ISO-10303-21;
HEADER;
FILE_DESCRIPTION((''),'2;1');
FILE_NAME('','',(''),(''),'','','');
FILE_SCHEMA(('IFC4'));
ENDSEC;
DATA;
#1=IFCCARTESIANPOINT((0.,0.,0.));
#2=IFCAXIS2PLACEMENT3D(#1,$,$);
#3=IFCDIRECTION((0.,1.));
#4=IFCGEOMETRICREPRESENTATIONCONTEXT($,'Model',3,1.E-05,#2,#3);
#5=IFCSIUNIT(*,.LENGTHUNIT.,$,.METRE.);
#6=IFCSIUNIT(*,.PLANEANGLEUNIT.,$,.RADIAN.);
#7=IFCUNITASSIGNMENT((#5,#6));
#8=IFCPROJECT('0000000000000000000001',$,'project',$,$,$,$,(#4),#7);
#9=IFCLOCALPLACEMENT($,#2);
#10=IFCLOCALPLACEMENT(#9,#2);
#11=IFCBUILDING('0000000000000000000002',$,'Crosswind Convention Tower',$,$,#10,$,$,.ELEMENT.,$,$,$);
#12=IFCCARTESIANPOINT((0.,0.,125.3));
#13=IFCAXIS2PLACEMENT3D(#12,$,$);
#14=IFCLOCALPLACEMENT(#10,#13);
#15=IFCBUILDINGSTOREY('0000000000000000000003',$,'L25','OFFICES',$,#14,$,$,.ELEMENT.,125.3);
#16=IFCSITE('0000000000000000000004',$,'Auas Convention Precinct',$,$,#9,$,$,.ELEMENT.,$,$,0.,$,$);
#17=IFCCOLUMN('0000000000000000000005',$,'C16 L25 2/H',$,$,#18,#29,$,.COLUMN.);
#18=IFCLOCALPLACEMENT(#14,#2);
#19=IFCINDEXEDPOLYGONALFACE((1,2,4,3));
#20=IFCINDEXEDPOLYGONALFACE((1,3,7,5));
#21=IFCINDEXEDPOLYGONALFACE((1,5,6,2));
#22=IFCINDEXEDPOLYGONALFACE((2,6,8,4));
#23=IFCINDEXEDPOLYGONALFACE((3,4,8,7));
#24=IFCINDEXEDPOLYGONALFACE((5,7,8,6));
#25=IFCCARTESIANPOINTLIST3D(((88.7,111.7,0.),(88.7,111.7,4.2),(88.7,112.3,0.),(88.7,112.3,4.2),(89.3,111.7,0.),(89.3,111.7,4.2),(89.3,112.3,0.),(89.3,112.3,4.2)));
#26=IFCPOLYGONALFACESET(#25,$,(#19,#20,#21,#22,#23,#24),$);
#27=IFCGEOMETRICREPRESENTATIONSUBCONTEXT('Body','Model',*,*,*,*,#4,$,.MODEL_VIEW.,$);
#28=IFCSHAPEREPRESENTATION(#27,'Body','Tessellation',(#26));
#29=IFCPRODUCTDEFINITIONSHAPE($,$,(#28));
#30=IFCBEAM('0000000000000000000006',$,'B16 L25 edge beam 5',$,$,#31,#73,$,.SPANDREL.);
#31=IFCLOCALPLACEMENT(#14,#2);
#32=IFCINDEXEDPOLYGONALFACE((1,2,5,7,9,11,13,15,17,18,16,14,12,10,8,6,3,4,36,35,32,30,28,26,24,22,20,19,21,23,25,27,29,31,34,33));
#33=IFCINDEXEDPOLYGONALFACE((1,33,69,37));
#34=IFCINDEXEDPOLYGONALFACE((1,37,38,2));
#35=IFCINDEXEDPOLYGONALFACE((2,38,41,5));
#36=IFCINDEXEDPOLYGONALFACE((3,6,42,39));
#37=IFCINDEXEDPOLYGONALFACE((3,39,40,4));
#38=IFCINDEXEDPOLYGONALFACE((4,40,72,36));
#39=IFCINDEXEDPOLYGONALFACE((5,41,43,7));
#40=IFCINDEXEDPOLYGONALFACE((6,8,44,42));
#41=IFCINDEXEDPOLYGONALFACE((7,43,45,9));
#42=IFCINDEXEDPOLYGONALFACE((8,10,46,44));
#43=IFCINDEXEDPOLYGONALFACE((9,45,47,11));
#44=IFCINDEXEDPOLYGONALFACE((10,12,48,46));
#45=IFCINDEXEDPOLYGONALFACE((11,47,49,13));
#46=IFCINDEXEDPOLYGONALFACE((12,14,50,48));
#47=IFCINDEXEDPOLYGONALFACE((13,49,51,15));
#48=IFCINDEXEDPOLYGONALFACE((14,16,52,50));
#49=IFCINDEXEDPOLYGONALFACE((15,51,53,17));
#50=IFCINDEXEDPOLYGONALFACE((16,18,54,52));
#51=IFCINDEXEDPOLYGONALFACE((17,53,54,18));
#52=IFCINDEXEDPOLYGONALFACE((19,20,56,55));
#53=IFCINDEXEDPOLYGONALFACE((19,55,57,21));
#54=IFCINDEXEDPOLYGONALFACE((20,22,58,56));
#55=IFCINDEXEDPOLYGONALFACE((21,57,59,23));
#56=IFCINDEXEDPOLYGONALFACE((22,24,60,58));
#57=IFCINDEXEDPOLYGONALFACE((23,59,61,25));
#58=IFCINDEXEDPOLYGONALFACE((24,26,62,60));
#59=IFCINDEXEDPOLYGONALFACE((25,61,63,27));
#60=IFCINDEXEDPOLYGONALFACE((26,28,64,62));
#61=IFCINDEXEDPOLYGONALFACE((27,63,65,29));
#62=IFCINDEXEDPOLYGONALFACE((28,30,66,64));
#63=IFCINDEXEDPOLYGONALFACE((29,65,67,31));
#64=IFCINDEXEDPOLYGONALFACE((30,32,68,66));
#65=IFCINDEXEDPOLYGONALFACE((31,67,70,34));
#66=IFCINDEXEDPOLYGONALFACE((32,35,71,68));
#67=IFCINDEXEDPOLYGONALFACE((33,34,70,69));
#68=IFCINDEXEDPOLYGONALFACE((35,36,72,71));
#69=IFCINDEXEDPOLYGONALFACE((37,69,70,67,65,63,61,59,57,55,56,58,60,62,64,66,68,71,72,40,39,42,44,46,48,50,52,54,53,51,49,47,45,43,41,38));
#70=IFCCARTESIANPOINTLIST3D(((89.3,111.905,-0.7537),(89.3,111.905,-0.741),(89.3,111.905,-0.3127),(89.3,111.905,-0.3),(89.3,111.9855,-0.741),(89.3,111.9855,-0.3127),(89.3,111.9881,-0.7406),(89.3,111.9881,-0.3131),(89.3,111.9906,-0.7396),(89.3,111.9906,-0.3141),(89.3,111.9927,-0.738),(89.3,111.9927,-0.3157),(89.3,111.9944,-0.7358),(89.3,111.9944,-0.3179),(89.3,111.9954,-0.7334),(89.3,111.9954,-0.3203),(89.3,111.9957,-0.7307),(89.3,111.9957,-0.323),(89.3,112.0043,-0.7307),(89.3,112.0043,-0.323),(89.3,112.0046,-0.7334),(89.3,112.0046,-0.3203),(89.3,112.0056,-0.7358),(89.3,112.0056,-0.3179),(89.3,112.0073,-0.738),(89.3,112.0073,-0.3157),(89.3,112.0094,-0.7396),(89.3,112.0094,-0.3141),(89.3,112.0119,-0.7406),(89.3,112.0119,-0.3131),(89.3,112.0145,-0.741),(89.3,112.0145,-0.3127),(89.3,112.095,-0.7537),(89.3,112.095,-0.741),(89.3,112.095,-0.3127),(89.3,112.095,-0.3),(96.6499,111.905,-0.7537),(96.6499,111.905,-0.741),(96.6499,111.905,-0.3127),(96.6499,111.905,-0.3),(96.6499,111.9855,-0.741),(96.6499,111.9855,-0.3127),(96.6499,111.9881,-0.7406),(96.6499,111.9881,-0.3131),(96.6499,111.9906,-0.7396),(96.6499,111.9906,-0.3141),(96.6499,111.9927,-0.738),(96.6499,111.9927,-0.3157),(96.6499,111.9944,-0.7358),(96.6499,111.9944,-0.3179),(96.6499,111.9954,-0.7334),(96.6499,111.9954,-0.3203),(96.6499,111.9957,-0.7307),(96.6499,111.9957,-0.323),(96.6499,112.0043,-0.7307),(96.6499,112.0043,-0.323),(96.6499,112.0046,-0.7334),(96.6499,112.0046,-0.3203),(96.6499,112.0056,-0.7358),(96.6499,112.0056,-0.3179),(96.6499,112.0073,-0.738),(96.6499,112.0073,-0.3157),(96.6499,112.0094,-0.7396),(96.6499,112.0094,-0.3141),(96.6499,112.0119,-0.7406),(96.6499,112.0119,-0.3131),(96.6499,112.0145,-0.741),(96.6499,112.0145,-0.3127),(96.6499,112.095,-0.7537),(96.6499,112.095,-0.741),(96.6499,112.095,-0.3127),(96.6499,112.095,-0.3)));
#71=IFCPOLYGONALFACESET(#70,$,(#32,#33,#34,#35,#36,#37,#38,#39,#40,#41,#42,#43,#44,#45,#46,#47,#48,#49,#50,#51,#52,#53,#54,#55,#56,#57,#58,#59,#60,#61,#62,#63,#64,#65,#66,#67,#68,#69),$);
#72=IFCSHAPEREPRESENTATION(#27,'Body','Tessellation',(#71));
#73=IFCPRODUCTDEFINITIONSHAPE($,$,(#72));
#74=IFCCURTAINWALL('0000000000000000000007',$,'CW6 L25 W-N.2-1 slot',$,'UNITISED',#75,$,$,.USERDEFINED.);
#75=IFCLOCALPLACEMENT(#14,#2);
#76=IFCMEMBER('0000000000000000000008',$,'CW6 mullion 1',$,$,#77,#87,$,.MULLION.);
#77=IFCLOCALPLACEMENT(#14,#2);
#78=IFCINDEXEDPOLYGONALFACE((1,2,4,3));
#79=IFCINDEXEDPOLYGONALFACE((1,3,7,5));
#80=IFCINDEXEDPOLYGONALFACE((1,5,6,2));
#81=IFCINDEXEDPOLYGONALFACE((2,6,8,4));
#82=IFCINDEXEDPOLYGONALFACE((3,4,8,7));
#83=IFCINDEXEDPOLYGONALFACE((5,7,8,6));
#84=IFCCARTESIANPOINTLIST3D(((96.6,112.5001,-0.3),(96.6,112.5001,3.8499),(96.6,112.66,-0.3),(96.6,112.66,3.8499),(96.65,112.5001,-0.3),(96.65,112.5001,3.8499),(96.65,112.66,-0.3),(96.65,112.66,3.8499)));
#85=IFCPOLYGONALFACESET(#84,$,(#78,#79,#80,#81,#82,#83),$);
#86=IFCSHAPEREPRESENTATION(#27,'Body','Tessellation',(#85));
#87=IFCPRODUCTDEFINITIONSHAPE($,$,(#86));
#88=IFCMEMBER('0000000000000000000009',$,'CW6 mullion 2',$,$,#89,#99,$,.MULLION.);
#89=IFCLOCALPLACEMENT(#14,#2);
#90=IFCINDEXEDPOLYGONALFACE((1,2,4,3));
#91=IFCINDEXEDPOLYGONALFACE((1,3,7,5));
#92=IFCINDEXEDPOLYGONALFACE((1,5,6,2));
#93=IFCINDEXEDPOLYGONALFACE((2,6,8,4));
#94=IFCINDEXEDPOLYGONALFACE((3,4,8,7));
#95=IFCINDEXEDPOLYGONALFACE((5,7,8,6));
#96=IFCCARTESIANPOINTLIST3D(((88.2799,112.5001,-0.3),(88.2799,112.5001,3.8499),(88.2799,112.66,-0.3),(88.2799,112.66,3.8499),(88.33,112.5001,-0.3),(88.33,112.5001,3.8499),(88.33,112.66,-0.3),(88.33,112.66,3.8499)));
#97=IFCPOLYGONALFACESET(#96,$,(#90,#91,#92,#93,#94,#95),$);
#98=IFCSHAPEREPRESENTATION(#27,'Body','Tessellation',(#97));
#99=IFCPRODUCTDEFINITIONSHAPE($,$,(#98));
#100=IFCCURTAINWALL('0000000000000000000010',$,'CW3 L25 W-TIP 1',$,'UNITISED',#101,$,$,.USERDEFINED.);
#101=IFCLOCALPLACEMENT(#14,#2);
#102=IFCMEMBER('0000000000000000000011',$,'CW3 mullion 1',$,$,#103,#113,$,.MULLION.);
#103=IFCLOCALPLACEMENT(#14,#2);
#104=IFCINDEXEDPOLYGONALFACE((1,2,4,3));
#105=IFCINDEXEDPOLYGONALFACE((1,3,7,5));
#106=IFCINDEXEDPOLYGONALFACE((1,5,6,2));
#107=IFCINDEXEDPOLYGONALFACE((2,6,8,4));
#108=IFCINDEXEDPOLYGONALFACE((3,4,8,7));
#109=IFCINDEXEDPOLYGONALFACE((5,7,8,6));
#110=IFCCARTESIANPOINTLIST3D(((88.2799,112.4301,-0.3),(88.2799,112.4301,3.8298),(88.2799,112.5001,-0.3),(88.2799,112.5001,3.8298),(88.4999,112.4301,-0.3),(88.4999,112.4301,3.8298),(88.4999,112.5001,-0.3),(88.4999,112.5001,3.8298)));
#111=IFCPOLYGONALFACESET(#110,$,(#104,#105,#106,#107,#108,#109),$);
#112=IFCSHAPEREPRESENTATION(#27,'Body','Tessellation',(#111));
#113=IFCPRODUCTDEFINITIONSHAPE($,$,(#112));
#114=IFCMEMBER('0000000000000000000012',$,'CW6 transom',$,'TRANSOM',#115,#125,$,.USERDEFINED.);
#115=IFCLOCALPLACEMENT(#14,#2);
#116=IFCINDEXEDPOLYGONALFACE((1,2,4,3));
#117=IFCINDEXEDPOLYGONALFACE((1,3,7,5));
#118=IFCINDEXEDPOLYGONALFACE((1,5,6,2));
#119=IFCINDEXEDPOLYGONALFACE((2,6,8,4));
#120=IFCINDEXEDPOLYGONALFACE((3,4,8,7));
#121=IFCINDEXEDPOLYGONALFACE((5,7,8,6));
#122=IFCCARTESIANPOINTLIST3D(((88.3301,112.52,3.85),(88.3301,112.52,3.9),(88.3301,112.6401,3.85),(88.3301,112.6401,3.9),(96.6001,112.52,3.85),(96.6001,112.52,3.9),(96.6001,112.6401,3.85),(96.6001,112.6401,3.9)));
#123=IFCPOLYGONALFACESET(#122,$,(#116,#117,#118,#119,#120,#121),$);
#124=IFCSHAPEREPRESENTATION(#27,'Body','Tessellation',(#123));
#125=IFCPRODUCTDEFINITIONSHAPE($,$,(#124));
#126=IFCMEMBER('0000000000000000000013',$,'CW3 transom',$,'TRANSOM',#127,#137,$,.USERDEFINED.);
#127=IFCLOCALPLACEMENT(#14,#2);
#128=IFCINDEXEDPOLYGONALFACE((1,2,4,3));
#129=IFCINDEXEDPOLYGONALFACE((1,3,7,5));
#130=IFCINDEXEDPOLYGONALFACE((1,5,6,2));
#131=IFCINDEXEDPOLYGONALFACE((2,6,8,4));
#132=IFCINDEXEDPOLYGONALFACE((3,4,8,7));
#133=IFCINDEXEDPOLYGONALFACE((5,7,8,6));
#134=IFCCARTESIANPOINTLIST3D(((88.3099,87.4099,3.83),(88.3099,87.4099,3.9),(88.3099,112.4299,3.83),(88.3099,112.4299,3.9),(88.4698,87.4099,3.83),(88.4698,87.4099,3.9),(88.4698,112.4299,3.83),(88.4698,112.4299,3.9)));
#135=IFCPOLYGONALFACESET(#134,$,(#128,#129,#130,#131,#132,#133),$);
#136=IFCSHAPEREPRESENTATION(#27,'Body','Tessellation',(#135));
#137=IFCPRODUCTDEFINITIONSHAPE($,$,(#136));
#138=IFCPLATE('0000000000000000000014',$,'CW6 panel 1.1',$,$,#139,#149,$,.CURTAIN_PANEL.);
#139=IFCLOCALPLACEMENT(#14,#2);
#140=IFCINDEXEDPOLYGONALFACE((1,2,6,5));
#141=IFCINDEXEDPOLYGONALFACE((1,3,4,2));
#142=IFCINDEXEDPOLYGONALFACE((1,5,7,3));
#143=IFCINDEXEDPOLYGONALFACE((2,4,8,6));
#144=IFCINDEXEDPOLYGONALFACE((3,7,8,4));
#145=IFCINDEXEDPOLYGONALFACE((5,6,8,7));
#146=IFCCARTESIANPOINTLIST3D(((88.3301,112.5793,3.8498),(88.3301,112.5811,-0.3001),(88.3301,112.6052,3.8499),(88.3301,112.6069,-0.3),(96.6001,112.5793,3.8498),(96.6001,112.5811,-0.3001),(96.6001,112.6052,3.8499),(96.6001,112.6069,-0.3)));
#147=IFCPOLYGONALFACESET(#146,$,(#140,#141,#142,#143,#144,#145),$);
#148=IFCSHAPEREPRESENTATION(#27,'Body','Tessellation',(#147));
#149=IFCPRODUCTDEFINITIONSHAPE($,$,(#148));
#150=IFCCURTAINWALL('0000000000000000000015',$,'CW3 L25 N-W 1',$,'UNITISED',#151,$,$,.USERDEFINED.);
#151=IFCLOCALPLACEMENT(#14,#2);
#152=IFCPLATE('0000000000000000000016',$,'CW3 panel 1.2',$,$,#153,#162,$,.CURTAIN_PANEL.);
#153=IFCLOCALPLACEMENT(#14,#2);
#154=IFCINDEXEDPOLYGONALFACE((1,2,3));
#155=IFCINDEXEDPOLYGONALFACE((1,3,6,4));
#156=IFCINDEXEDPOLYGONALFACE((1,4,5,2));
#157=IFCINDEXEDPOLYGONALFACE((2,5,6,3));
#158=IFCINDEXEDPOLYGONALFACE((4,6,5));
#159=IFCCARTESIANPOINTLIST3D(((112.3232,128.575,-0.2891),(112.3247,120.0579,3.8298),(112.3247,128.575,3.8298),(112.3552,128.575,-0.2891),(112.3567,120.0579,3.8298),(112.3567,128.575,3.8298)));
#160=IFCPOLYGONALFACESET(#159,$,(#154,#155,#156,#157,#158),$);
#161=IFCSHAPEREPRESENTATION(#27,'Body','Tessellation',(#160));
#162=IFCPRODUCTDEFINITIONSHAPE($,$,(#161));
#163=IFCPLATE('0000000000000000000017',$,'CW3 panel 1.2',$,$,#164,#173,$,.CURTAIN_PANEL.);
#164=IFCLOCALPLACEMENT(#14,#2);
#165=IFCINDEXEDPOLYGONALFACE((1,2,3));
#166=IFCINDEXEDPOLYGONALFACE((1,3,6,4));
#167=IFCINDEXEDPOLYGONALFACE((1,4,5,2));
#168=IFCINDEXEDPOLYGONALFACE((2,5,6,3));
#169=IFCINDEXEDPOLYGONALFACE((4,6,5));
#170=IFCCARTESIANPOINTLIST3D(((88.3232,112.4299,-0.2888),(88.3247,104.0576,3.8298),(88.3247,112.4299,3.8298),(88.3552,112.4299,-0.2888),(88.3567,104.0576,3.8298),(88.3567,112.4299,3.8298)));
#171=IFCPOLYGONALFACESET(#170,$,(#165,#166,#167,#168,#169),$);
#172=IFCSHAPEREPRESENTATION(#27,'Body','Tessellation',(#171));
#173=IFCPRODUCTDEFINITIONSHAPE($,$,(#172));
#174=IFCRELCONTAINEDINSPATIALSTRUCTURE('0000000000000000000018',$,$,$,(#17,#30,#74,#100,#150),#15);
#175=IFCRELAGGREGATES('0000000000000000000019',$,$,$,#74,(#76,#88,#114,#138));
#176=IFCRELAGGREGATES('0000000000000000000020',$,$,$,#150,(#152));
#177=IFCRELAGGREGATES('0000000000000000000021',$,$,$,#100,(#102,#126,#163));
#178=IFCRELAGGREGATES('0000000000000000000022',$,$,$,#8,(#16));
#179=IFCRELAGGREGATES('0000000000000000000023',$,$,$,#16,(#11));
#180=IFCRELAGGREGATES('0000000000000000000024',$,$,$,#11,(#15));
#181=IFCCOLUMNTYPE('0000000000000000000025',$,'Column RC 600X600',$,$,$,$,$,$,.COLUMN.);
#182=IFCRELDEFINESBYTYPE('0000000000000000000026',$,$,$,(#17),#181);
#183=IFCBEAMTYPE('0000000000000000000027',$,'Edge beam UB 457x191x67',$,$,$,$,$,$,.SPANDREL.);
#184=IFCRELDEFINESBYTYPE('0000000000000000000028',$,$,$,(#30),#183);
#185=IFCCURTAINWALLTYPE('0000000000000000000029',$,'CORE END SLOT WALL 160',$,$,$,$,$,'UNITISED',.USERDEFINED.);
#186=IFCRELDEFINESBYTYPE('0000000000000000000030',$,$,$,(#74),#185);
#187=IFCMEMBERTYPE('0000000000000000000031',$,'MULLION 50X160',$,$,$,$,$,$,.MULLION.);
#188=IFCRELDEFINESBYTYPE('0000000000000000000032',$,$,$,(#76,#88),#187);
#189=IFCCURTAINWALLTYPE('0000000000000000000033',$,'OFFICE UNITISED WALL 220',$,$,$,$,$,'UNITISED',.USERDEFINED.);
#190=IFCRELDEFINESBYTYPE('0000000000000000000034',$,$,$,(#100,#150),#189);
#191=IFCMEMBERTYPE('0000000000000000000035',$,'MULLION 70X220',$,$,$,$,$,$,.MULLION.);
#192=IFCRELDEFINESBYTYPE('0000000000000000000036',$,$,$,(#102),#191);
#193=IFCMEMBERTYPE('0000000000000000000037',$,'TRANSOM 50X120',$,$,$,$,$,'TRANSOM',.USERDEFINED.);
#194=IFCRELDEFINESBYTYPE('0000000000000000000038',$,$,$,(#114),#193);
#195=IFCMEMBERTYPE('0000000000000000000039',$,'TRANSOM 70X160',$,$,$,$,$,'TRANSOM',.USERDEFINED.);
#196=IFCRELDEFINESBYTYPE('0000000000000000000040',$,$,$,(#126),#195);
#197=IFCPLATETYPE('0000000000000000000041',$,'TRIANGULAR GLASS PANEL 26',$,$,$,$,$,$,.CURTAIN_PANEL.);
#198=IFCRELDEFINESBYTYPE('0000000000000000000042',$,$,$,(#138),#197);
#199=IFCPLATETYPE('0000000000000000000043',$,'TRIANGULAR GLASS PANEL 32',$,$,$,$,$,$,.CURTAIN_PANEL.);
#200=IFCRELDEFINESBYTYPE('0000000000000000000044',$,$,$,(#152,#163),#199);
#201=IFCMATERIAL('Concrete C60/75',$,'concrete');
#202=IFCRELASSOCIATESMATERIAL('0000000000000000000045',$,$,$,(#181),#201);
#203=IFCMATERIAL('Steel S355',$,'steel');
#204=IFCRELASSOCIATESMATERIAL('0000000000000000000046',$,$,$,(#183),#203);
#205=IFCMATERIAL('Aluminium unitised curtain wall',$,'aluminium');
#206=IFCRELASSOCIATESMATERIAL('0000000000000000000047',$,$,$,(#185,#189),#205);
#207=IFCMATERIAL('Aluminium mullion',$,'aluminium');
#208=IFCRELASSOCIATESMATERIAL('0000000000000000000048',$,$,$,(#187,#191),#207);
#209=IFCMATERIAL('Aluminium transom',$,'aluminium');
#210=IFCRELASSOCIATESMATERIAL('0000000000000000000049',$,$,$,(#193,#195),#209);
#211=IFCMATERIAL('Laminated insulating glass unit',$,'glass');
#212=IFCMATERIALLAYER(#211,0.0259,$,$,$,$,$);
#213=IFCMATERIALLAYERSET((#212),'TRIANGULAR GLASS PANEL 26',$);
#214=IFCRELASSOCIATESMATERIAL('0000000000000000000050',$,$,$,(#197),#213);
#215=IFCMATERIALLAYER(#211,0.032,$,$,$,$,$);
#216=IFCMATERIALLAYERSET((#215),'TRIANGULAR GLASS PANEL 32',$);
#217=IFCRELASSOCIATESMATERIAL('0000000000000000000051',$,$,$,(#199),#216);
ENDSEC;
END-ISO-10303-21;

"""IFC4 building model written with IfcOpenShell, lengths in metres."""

from ifc_helpers import new_model, si_unit, direction, frame, origin, origin_2d, place, context, subcontext, project, spatial, polyline, rectangle, i_section, outline, extrude, material, layer, layer_set, material_profile, profile_set, type_object, element, aggregate, save


model = new_model("IFC4")

# Units and contexts
model_context = context("Model", 3, precision=1e-05, world=origin(), true_north=direction((0.0, 1.0)))
body_context = subcontext(model_context, "Body", "Model", "MODEL_VIEW")
ifc_project = project(units=[si_unit("LENGTHUNIT", "METRE"), si_unit("PLANEANGLEUNIT", "RADIAN")], contexts=[model_context])

# Site, building, storey
site_placement = place(None, origin())
site = spatial("IfcSite", under=ifc_project, at=site_placement, Name="Auas Convention Precinct", CompositionType="ELEMENT", RefElevation=0.0)
building_placement = place(site_placement, origin())
building = spatial("IfcBuilding", under=site, at=building_placement, Name="Crosswind Convention Tower", CompositionType="ELEMENT")
storey_placement = place(building_placement, frame((0.0, 0.0, 125.3)))
storey = spatial("IfcBuildingStorey", under=building, at=storey_placement, Name="L25", Description="OFFICES", CompositionType="ELEMENT", Elevation=125.3)

# Column
ifc_material_1 = material(Name="Concrete C60/75", Category="concrete")
ifc_material_profile_1 = material_profile(ifc_material_1, rectangle(XDim=0.6001, YDim=0.6001, at=origin_2d()), Name="RC 600X600")
ifc_profile_set_1 = profile_set([ifc_material_profile_1], Name="Concrete C60/75")
column_type = type_object("IfcColumnType", Name="Column RC 600X600", PredefinedType="COLUMN", material=ifc_profile_set_1)
column_placement = place(storey_placement, frame((89.0, 112.0, 0.0), z_axis=(0.0, 0.0, 1.0), x_axis=(1.0, 0.0, 0.0)))
element("IfcColumn", 1, at=column_placement, inside=storey, type_object=column_type, Name="C16 L25 2/H", PredefinedType="COLUMN", context=body_context, shape_type="SweptSolid", body=[
    extrude(rectangle(XDim=0.6001, YDim=0.6001, at=origin_2d()), origin(), (0.0, 0.0, 1.0), 4.2),
])

# Beam
ifc_material_2 = material(Name="Steel S355", Category="steel")
ifc_material_profile_2 = material_profile(ifc_material_2, i_section(OverallWidth=0.1899, OverallDepth=0.4536, WebThickness=0.0085, FlangeThickness=0.0127, FilletRadius=0.0103, at=origin_2d()), Name="UB 457x191x67")
ifc_profile_set_2 = profile_set([ifc_material_profile_2], Name="Steel S355")
beam_type = type_object("IfcBeamType", Name="Edge beam UB 457x191x67", PredefinedType="SPANDREL", material=ifc_profile_set_2)
beam_placement = place(storey_placement, frame((89.3, 112.0, -0.5269), z_axis=(1.0, 0.0, 0.0), x_axis=(0.0, 1.0, 0.0)))
element("IfcBeam", 2, at=beam_placement, inside=storey, type_object=beam_type, Name="B16 L25 edge beam 5", PredefinedType="SPANDREL", context=body_context, shape_type="SweptSolid", body=[
    extrude(i_section(OverallWidth=0.1899, OverallDepth=0.4536, WebThickness=0.0085, FlangeThickness=0.0127, FilletRadius=0.0103, at=origin_2d()), origin(), (0.0, 0.0, 1.0), 7.3499),
])

# Curtain wall, members
ifc_material_3 = material(Name="Aluminium unitised curtain wall", Category="aluminium")
curtain_wall_type_1 = type_object("IfcCurtainWallType", Name="CORE END SLOT WALL 160", ElementType="UNITISED", PredefinedType="USERDEFINED", material=ifc_material_3)
curtain_wall_1_placement = place(storey_placement, origin())
curtain_wall_1 = element("IfcCurtainWall", 3, at=curtain_wall_1_placement, inside=storey, type_object=curtain_wall_type_1, Name="CW6 L25 W-N.2-1 slot", ObjectType="UNITISED", PredefinedType="USERDEFINED")
ifc_material_4 = material(Name="Aluminium mullion", Category="aluminium")
ifc_material_profile_3 = material_profile(ifc_material_4, rectangle(XDim=0.1599, YDim=0.05, at=origin_2d()), Name="AL 160X50")
ifc_profile_set_3 = profile_set([ifc_material_profile_3], Name="Aluminium mullion")
member_type_1 = type_object("IfcMemberType", Name="MULLION 50X160", PredefinedType="MULLION", material=ifc_profile_set_3)
member_1_placement = place(storey_placement, frame((96.625, 112.5801, -0.3), z_axis=(0.0, 0.0, 1.0), x_axis=(0.0, 1.0, 0.0)))
member_1 = element("IfcMember", 4, at=member_1_placement, type_object=member_type_1, Name="CW6 mullion 1", PredefinedType="MULLION", context=body_context, shape_type="SweptSolid", body=[
    extrude(rectangle(XDim=0.1599, YDim=0.05, at=origin_2d()), origin(), (0.0, 0.0, 1.0), 4.1499),
])
member_2_placement = place(storey_placement, frame((88.3049, 112.5801, -0.3), z_axis=(0.0, 0.0, 1.0), x_axis=(0.0, 1.0, 0.0)))
member_2 = element("IfcMember", 5, at=member_2_placement, type_object=member_type_1, Name="CW6 mullion 2", PredefinedType="MULLION", context=body_context, shape_type="SweptSolid", body=[
    extrude(rectangle(XDim=0.1599, YDim=0.05, at=origin_2d()), origin(), (0.0, 0.0, 1.0), 4.1499),
])

# Curtain wall, member
curtain_wall_type_2 = type_object("IfcCurtainWallType", Name="OFFICE UNITISED WALL 220", ElementType="UNITISED", PredefinedType="USERDEFINED", material=ifc_material_3)
curtain_wall_2_placement = place(storey_placement, origin())
curtain_wall_2 = element("IfcCurtainWall", 6, at=curtain_wall_2_placement, inside=storey, type_object=curtain_wall_type_2, Name="CW3 L25 W-TIP 1", ObjectType="UNITISED", PredefinedType="USERDEFINED")
ifc_material_profile_4 = material_profile(ifc_material_4, rectangle(XDim=0.22, YDim=0.0701, at=origin_2d()), Name="AL 220X70")
ifc_profile_set_4 = profile_set([ifc_material_profile_4], Name="Aluminium mullion")
member_type_2 = type_object("IfcMemberType", Name="MULLION 70X220", PredefinedType="MULLION", material=ifc_profile_set_4)
member_3_placement = place(storey_placement, frame((88.3899, 112.4651, -0.3), z_axis=(0.0, 0.0, 1.0), x_axis=(-1.0, 0.0, 0.0)))
member_3 = element("IfcMember", 7, at=member_3_placement, type_object=member_type_2, Name="CW3 mullion 1", PredefinedType="MULLION", context=body_context, shape_type="SweptSolid", body=[
    extrude(rectangle(XDim=0.22, YDim=0.0701, at=origin_2d()), origin(), (0.0, 0.0, 1.0), 4.1299),
])

# Members
ifc_material_5 = material(Name="Aluminium transom", Category="aluminium")
ifc_material_profile_5 = material_profile(ifc_material_5, rectangle(XDim=0.1201, YDim=0.05, at=origin_2d()), Name="AL 120X50")
ifc_profile_set_5 = profile_set([ifc_material_profile_5], Name="Aluminium transom")
member_type_3 = type_object("IfcMemberType", Name="TRANSOM 50X120", ElementType="TRANSOM", PredefinedType="USERDEFINED", material=ifc_profile_set_5)
member_4_placement = place(storey_placement, frame((96.6001, 112.5801, 3.875), z_axis=(-1.0, 0.0, 0.0), x_axis=(0.0, -1.0, 0.0)))
member_4 = element("IfcMember", 8, at=member_4_placement, type_object=member_type_3, Name="CW6 transom", ObjectType="TRANSOM", PredefinedType="USERDEFINED", context=body_context, shape_type="SweptSolid", body=[
    extrude(rectangle(XDim=0.1201, YDim=0.05, at=origin_2d()), origin(), (0.0, 0.0, 1.0), 8.27),
])
ifc_material_profile_6 = material_profile(ifc_material_5, rectangle(XDim=0.1599, YDim=0.0701, at=origin_2d()), Name="AL 160X70")
ifc_profile_set_6 = profile_set([ifc_material_profile_6], Name="Aluminium transom")
member_type_4 = type_object("IfcMemberType", Name="TRANSOM 70X160", ElementType="TRANSOM", PredefinedType="USERDEFINED", material=ifc_profile_set_6)
member_5_placement = place(storey_placement, frame((88.3899, 112.4299, 3.865), z_axis=(0.0, -1.0, 0.0), x_axis=(1.0, 0.0, 0.0)))
member_5 = element("IfcMember", 9, at=member_5_placement, type_object=member_type_4, Name="CW3 transom", ObjectType="TRANSOM", PredefinedType="USERDEFINED", context=body_context, shape_type="SweptSolid", body=[
    extrude(rectangle(XDim=0.1599, YDim=0.0701, at=origin_2d()), origin(), (0.0, 0.0, 1.0), 25.02),
])

# Plate
ifc_material_6 = material(Name="Laminated insulating glass unit", Category="glass")
ifc_layer_1 = layer(ifc_material_6, 0.0259)
ifc_layer_set_1 = layer_set([ifc_layer_1], Name="TRIANGULAR GLASS PANEL 26")
plate_type_1 = type_object("IfcPlateType", Name="TRIANGULAR GLASS PANEL 26", PredefinedType="CURTAIN_PANEL", material=ifc_layer_set_1)
plate_1_placement = place(storey_placement, frame((96.6001, 112.6069, -0.3), z_axis=(0.0, 1.0, 0.000412), x_axis=(-1.0, 0.0, 0.0)))
plate_1 = element("IfcPlate", 10, at=plate_1_placement, type_object=plate_type_1, Name="CW6 panel 1.1", PredefinedType="CURTAIN_PANEL", context=body_context, shape_type="SweptSolid", body=[
    extrude(outline(polyline([(0.0, 0.0), (8.27, 0.0), (8.27, 4.1499), (0.0, 4.1499), (0.0, 0.0)])), origin(), (0.0, 0.0, -1.0), 0.0259),
])
aggregate(curtain_wall_1, [member_1, member_2, member_4, plate_1])

# Curtain wall, plate
curtain_wall_3_placement = place(storey_placement, origin())
curtain_wall_3 = element("IfcCurtainWall", 11, at=curtain_wall_3_placement, inside=storey, type_object=curtain_wall_type_2, Name="CW3 L25 N-W 1", ObjectType="UNITISED", PredefinedType="USERDEFINED")
ifc_layer_2 = layer(ifc_material_6, 0.032)
ifc_layer_set_2 = layer_set([ifc_layer_2], Name="TRIANGULAR GLASS PANEL 32")
plate_type_2 = type_object("IfcPlateType", Name="TRIANGULAR GLASS PANEL 32", PredefinedType="CURTAIN_PANEL", material=ifc_layer_set_2)
plate_2_placement = place(storey_placement, frame((112.3247, 128.575, 3.8298), z_axis=(-1.0, 0.0, 0.000356), x_axis=(-0.000356, 0.0, -1.0)))
plate_2 = element("IfcPlate", 12, at=plate_2_placement, type_object=plate_type_2, Name="CW3 panel 1.2", PredefinedType="CURTAIN_PANEL", context=body_context, shape_type="SweptSolid", body=[
    extrude(outline(polyline([(0.0, 0.0), (4.1189, 0.0), (0.0, 8.5171), (0.0, 0.0)])), origin(), (0.0, 0.0, -1.0), 0.032),
])

# Plate
plate_3_placement = place(storey_placement, frame((88.3247, 112.4299, 3.8298), z_axis=(-1.0, 0.0, 0.000356), x_axis=(-0.000356, 0.0, -1.0)))
plate_3 = element("IfcPlate", 13, at=plate_3_placement, type_object=plate_type_2, Name="CW3 panel 1.2", PredefinedType="CURTAIN_PANEL", context=body_context, shape_type="SweptSolid", body=[
    extrude(outline(polyline([(0.0, 0.0), (4.1187, 0.0), (0.0, 8.3723), (0.0, 0.0)])), origin(), (0.0, 0.0, -1.0), 0.032),
])

aggregate(curtain_wall_3, [plate_2])
aggregate(curtain_wall_2, [member_3, member_5, plate_3])

save(model, "model.ifc")
